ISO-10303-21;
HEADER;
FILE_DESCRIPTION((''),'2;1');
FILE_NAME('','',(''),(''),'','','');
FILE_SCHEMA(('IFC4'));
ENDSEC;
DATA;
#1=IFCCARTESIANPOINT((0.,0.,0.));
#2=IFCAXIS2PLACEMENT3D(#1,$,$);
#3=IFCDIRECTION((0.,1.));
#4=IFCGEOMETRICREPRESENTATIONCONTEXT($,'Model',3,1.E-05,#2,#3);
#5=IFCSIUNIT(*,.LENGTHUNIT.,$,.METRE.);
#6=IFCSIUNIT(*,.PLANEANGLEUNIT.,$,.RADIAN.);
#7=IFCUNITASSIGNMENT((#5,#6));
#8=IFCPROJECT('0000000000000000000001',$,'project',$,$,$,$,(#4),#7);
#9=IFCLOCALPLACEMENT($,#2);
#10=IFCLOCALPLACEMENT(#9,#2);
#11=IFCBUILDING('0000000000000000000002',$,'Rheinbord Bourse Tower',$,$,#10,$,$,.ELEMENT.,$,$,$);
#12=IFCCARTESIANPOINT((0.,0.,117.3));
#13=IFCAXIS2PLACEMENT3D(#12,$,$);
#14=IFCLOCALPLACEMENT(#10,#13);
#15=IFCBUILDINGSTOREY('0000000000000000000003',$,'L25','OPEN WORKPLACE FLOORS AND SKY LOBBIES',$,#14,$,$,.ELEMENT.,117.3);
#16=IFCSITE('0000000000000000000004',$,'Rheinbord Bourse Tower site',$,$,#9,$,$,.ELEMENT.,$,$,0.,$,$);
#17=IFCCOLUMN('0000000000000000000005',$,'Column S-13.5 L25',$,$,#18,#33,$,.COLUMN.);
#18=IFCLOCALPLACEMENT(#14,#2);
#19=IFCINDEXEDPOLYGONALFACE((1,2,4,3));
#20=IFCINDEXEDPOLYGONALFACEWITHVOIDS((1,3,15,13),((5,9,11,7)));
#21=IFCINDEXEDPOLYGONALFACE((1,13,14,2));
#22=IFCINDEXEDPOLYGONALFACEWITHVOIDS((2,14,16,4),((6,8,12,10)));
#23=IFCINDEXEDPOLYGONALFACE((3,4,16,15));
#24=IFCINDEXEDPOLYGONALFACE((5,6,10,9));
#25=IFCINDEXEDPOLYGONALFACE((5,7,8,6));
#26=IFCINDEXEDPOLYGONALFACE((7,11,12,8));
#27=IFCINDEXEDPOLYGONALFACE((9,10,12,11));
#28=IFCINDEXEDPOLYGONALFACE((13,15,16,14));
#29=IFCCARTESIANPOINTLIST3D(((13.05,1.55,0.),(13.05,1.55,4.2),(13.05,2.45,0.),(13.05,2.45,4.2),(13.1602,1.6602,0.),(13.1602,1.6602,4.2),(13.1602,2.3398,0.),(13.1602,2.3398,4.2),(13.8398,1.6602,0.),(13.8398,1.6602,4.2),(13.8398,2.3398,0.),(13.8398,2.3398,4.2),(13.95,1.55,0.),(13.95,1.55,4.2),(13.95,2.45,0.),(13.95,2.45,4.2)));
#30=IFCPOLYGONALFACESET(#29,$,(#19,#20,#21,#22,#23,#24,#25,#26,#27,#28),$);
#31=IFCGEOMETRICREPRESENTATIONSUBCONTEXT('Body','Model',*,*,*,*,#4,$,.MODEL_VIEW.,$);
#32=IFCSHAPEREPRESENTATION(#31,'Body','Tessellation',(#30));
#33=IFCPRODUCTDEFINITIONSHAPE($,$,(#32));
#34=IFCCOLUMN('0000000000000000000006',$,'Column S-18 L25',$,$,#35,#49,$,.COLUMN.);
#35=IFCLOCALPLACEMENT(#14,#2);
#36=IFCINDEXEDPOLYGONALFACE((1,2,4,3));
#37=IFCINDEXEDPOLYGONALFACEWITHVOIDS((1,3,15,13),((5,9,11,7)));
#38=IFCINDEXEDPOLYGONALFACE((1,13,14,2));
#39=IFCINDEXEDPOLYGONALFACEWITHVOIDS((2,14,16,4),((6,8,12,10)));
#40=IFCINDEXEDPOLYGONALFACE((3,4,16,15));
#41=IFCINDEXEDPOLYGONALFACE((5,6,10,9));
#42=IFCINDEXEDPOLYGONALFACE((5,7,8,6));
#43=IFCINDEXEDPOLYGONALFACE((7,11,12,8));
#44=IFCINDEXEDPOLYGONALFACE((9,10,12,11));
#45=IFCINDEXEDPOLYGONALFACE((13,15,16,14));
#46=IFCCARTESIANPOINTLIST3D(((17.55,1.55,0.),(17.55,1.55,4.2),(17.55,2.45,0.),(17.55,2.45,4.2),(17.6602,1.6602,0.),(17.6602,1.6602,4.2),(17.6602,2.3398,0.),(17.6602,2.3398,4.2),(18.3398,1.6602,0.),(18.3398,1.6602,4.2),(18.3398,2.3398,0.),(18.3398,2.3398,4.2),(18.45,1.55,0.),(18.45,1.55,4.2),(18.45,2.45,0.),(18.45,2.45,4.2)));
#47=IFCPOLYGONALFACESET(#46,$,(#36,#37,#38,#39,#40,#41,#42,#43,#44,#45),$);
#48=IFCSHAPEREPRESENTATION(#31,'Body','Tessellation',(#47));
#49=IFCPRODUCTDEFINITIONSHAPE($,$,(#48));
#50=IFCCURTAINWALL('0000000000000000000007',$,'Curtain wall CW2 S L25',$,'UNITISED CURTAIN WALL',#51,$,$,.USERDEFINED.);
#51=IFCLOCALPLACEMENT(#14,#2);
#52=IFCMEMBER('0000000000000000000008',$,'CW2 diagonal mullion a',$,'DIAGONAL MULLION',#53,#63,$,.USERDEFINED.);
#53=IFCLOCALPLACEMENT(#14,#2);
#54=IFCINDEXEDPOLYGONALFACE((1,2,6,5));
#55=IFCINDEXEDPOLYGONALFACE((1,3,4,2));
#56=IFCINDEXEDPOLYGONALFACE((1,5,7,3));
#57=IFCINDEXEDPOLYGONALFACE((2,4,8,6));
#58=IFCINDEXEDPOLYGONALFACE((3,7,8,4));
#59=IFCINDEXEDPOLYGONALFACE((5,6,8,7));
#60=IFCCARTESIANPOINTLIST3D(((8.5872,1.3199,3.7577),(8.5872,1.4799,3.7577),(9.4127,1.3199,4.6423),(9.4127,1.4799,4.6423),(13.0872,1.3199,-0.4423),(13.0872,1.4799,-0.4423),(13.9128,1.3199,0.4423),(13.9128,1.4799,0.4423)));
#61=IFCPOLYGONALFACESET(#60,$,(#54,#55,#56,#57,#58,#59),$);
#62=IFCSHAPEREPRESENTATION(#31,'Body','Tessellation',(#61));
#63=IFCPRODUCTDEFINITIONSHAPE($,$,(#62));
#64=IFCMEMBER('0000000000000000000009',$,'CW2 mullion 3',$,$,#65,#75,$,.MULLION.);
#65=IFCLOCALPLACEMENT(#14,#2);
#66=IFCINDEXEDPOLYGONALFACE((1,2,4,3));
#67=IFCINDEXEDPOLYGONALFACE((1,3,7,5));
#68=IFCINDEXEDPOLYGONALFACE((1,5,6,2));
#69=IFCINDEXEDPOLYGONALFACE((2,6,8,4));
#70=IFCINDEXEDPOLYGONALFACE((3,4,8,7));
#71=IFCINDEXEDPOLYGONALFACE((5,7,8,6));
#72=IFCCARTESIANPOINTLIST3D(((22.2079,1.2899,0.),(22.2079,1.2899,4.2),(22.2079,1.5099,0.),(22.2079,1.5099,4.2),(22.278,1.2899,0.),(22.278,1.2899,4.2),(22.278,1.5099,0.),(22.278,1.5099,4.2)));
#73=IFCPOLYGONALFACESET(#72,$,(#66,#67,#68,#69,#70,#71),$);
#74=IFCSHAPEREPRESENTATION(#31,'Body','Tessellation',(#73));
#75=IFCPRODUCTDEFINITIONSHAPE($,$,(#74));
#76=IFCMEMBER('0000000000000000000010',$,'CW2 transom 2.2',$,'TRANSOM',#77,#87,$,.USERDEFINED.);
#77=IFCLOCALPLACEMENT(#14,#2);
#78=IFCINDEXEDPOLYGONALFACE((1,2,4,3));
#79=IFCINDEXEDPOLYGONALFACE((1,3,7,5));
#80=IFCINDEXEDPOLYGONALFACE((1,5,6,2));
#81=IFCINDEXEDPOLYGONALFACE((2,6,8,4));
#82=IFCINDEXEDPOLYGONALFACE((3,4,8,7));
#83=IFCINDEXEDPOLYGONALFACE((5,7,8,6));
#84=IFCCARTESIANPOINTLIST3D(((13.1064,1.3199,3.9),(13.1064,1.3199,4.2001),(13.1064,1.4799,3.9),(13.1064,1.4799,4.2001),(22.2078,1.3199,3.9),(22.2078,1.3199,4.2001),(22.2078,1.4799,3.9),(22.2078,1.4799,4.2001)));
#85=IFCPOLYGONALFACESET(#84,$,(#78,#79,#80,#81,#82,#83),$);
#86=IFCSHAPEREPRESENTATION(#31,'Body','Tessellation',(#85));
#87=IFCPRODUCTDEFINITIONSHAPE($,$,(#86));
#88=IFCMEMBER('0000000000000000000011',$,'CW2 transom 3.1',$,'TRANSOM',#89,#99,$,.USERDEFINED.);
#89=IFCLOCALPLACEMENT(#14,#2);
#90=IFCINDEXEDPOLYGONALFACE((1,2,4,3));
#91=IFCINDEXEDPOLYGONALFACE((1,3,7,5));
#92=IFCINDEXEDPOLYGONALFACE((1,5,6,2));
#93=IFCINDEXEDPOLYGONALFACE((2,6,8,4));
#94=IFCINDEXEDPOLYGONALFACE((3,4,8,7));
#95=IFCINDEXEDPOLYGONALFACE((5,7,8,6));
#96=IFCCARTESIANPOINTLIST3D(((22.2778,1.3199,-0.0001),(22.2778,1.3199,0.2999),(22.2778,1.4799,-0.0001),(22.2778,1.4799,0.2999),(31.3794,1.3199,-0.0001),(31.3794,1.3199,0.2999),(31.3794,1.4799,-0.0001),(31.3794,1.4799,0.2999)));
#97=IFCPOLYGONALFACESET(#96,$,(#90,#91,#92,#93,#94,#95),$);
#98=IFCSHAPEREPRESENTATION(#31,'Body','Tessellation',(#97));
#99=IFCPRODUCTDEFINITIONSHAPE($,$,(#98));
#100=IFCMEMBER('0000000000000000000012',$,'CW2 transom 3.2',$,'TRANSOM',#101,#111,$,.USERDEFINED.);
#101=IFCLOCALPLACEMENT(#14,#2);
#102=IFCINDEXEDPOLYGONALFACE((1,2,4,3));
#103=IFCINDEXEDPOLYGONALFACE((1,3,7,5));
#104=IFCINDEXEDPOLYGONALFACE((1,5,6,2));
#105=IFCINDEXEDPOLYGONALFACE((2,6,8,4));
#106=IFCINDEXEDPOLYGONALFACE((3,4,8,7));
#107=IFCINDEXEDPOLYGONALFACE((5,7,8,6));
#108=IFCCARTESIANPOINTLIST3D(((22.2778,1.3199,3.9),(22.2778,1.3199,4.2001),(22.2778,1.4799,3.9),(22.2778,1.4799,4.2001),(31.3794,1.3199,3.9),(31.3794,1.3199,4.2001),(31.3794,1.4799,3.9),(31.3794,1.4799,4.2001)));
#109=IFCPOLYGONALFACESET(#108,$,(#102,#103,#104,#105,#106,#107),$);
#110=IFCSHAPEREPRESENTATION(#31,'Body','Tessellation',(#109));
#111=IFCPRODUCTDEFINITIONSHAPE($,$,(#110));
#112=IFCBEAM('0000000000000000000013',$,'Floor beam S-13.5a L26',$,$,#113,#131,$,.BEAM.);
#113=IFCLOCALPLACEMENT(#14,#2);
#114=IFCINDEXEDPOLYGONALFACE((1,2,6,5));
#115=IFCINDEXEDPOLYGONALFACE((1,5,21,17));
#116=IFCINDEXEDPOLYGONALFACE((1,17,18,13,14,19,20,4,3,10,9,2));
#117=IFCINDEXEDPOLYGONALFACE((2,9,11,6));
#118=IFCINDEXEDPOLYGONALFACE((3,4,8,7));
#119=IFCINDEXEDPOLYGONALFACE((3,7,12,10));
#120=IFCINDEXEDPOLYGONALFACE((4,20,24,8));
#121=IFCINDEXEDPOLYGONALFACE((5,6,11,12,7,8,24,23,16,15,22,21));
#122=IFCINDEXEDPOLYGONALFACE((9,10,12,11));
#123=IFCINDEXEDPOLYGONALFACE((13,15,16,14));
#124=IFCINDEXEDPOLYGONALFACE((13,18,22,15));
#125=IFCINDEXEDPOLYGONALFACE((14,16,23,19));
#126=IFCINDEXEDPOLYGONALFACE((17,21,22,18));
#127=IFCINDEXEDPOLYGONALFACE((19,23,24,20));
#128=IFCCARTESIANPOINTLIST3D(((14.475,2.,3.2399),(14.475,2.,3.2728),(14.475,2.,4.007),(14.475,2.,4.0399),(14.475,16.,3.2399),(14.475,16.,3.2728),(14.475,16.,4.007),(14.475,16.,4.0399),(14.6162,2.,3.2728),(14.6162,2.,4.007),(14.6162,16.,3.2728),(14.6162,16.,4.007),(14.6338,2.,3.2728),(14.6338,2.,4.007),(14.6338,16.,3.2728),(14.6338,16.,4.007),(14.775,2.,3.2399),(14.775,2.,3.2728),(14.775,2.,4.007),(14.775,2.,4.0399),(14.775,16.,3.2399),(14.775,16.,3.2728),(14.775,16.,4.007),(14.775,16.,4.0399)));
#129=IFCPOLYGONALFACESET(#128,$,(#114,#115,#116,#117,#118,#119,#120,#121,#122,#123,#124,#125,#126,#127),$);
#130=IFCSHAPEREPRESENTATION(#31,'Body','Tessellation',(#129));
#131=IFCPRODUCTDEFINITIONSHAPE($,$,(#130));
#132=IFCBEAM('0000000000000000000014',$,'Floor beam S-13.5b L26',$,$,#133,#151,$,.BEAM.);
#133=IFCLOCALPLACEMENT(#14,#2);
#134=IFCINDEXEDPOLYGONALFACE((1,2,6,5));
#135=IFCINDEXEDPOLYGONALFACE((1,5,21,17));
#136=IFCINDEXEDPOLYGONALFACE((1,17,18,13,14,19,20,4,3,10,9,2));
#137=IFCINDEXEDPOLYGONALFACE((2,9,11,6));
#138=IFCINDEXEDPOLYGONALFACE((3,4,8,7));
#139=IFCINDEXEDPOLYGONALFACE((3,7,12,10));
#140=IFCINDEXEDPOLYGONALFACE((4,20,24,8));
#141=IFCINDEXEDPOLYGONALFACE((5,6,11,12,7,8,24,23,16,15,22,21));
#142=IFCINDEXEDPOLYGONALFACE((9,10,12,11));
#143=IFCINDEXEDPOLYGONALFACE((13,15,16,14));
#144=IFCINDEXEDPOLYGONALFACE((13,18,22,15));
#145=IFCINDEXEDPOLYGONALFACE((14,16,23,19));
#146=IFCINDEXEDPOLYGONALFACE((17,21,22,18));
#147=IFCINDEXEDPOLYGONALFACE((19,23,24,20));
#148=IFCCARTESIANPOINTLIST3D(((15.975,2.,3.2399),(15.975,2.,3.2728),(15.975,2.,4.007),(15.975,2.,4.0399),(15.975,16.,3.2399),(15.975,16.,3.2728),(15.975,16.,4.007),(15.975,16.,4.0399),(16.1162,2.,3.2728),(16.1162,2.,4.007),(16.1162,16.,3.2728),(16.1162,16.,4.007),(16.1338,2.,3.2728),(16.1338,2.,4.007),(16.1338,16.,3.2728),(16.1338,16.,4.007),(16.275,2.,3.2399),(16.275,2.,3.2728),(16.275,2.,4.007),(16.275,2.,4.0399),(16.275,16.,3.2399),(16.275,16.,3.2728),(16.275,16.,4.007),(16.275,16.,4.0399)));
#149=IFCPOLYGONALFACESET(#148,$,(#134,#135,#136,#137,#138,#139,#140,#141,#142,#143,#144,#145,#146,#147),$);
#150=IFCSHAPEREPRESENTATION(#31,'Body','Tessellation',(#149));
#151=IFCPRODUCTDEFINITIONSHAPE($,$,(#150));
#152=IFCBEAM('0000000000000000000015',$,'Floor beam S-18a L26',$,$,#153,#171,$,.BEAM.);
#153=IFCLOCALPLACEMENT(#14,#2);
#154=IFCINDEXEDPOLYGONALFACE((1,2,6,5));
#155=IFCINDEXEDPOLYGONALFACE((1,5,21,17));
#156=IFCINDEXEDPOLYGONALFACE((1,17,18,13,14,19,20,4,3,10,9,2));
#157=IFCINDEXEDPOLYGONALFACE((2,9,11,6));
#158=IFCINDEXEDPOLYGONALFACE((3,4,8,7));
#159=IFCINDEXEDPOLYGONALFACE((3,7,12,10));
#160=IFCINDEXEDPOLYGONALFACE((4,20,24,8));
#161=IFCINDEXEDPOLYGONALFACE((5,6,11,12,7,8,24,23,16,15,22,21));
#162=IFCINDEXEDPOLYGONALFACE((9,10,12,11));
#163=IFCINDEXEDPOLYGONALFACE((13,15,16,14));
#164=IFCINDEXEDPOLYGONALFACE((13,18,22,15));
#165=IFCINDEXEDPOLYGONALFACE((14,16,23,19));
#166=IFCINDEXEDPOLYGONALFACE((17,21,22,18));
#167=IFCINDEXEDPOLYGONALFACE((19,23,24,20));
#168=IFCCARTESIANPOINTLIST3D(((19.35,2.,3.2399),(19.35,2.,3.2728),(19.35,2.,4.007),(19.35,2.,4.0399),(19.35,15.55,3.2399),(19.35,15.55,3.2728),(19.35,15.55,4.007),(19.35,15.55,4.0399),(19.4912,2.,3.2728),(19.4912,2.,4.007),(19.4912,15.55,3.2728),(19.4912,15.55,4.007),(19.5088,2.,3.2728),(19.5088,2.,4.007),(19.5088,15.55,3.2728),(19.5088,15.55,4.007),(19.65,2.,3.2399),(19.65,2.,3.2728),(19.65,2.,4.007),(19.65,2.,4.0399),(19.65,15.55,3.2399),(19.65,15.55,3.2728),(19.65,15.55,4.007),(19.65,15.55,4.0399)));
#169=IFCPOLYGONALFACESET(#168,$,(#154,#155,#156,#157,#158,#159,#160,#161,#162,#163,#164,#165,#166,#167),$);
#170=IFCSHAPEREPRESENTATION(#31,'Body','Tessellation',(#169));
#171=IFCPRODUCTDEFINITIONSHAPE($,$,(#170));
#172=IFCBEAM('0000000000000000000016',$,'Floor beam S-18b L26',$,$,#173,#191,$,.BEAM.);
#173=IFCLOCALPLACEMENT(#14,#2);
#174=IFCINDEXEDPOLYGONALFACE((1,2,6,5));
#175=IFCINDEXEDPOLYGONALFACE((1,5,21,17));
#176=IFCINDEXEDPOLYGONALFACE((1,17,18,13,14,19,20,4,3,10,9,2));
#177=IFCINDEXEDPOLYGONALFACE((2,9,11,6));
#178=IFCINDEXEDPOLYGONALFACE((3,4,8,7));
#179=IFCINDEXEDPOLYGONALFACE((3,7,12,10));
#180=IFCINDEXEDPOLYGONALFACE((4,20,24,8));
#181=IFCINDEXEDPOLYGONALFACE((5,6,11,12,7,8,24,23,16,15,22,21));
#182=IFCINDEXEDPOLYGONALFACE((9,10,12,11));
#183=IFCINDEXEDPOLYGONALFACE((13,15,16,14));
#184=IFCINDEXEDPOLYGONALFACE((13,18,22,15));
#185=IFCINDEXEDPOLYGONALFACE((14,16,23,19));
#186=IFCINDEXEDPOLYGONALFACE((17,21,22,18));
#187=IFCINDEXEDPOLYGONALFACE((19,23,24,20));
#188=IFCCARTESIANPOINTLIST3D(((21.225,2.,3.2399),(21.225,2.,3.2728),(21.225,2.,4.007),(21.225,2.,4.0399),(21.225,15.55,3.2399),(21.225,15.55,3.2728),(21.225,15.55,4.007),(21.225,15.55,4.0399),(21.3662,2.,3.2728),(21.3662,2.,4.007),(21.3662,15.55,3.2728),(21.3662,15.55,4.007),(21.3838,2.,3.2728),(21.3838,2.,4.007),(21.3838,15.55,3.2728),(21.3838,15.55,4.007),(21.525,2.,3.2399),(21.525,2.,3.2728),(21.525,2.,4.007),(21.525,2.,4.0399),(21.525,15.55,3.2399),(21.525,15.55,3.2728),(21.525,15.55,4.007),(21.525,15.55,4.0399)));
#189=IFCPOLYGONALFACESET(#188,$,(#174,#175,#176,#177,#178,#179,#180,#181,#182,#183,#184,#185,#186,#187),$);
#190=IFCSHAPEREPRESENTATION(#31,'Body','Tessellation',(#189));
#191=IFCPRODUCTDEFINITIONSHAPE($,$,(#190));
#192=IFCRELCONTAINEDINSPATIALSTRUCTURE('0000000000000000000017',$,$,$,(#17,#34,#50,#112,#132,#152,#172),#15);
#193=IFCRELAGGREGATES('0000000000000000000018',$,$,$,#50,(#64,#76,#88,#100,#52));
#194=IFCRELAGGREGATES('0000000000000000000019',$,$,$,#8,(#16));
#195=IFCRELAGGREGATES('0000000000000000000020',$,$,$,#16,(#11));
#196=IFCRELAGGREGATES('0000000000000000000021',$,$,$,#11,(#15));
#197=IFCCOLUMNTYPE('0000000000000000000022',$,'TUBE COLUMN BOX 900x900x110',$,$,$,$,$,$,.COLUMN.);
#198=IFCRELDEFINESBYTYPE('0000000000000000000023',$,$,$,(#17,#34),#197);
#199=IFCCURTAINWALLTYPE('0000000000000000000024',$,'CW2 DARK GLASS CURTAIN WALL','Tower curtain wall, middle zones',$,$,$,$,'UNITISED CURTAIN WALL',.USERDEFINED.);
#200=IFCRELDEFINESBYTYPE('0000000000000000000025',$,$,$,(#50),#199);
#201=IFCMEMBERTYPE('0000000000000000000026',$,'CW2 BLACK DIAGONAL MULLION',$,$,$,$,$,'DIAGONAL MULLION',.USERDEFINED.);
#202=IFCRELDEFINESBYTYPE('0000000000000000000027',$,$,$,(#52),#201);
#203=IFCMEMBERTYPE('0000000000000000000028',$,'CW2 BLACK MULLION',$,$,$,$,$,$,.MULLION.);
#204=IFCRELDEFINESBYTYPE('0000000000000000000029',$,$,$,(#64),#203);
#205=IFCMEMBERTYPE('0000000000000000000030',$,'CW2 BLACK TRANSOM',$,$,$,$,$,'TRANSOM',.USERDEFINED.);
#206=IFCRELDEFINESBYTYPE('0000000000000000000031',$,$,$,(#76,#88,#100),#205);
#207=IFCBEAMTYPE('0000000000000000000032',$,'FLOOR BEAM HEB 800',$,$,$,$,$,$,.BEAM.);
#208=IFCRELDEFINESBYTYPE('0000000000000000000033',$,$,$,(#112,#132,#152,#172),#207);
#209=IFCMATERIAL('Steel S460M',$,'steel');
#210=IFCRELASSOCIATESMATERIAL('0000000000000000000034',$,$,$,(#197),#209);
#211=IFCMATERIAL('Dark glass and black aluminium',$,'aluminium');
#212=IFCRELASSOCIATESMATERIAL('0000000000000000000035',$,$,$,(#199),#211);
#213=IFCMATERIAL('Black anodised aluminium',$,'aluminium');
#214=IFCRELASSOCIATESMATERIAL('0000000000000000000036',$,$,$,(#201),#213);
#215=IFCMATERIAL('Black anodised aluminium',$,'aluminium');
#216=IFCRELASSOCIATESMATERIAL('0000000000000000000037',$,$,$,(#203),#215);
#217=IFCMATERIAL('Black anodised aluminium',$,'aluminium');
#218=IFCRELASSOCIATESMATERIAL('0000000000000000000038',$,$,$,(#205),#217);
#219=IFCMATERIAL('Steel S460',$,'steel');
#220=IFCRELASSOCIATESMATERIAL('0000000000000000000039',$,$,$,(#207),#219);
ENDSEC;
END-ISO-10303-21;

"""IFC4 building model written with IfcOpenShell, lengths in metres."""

from ifc_helpers import new_model, si_unit, direction, frame, origin, origin_2d, place, context, subcontext, project, spatial, rectangle, hollow_rectangle, i_section, extrude, material, material_profile, profile_set, type_object, element, aggregate, save


model = new_model("IFC4")

# Units and contexts
model_context = context("Model", 3, precision=1e-05, world=origin(), true_north=direction((0.0, 1.0)))
body_context = subcontext(model_context, "Body", "Model", "MODEL_VIEW")
ifc_project = project(units=[si_unit("LENGTHUNIT", "METRE"), si_unit("PLANEANGLEUNIT", "RADIAN")], contexts=[model_context])

# Site, building, storey
site_placement = place(None, origin())
site = spatial("IfcSite", under=ifc_project, at=site_placement, Name="Rheinbord Bourse Tower site", CompositionType="ELEMENT", RefElevation=0.0)
building_placement = place(site_placement, origin())
building = spatial("IfcBuilding", under=site, at=building_placement, Name="Rheinbord Bourse Tower", CompositionType="ELEMENT")
storey_placement = place(building_placement, frame((0.0, 0.0, 117.3)))
storey = spatial("IfcBuildingStorey", under=building, at=storey_placement, Name="L25", Description="OPEN WORKPLACE FLOORS AND SKY LOBBIES", CompositionType="ELEMENT", Elevation=117.3)

# Columns
ifc_material_1 = material(Name="Steel S460M", Category="steel")
ifc_material_profile_1 = material_profile(ifc_material_1, hollow_rectangle(XDim=0.8999, YDim=0.8999, WallThickness=0.1101, at=origin_2d()), Name="BOX 900x900x110")
ifc_profile_set_1 = profile_set([ifc_material_profile_1], Name="Steel S460M")
column_type = type_object("IfcColumnType", Name="TUBE COLUMN BOX 900x900x110", PredefinedType="COLUMN", material=ifc_profile_set_1)
for number, where, z_axis, x_axis, name in (
    (1, (13.5, 2.0, 0.0), (0.0, 0.0, 1.0), (0.0, 1.0, 0.0), "Column S-13.5 L25"),
    (2, (18.0, 2.0, 0.0), (0.0, 0.0, 1.0), (0.0, 1.0, 0.0), "Column S-18 L25"),
):
    element("IfcColumn", number, at=place(storey_placement, frame(where, z_axis=z_axis, x_axis=x_axis)), inside=storey, type_object=column_type, Name=name, PredefinedType="COLUMN", context=body_context, shape_type="SweptSolid", body=[
        extrude(hollow_rectangle(XDim=0.8999, YDim=0.8999, WallThickness=0.1101, at=origin_2d()), origin(), (0.0, 0.0, 1.0), 4.2),
    ])

# Curtain wall, members
ifc_material_2 = material(Name="Dark glass and black aluminium", Category="aluminium")
curtain_wall_type = type_object("IfcCurtainWallType", Name="CW2 DARK GLASS CURTAIN WALL", Description="Tower curtain wall, middle zones", ElementType="UNITISED CURTAIN WALL", PredefinedType="USERDEFINED", material=ifc_material_2)
curtain_wall_placement = place(storey_placement, origin())
curtain_wall = element("IfcCurtainWall", 3, at=curtain_wall_placement, inside=storey, type_object=curtain_wall_type, Name="Curtain wall CW2 S L25", ObjectType="UNITISED CURTAIN WALL", PredefinedType="USERDEFINED")
ifc_material_3 = material(Name="Black anodised aluminium", Category="aluminium")
ifc_material_profile_2 = material_profile(ifc_material_3, rectangle(XDim=0.1599, YDim=1.21, at=origin_2d()), Name="CW2 DIAGONAL MULLION 1210x160")
ifc_profile_set_2 = profile_set([ifc_material_profile_2], Name="Black anodised aluminium")
member_type_1 = type_object("IfcMemberType", Name="CW2 BLACK DIAGONAL MULLION", ElementType="DIAGONAL MULLION", PredefinedType="USERDEFINED", material=ifc_profile_set_2)
member_1_placement = place(storey_placement, frame((13.5, 1.3999, 0.0), z_axis=(-0.731059, 0.0, 0.682314), x_axis=(0.0, -1.0, 0.0)))
member_1 = element("IfcMember", 4, at=member_1_placement, type_object=member_type_1, Name="CW2 diagonal mullion a", ObjectType="DIAGONAL MULLION", PredefinedType="USERDEFINED", context=body_context, shape_type="SweptSolid", body=[
    extrude(rectangle(XDim=0.1599, YDim=1.21, at=origin_2d()), origin(), (0.0, 0.0, 1.0), 6.1555),
])
ifc_material_4 = material(Name="Black anodised aluminium", Category="aluminium")
ifc_material_profile_3 = material_profile(ifc_material_4, rectangle(XDim=0.22, YDim=0.0701, at=origin_2d()), Name="CW2 MULLION 70x220")
ifc_profile_set_3 = profile_set([ifc_material_profile_3], Name="Black anodised aluminium")
member_type_2 = type_object("IfcMemberType", Name="CW2 BLACK MULLION", PredefinedType="MULLION", material=ifc_profile_set_3)
member_2_placement = place(storey_placement, frame((22.2429, 1.3999, 0.0), z_axis=(0.0, 0.0, 1.0), x_axis=(0.0, 1.0, 0.0)))
member_2 = element("IfcMember", 5, at=member_2_placement, type_object=member_type_2, Name="CW2 mullion 3", PredefinedType="MULLION", context=body_context, shape_type="SweptSolid", body=[
    extrude(rectangle(XDim=0.22, YDim=0.0701, at=origin_2d()), origin(), (0.0, 0.0, 1.0), 4.2),
])
ifc_material_5 = material(Name="Black anodised aluminium", Category="aluminium")
ifc_material_profile_4 = material_profile(ifc_material_5, rectangle(XDim=0.1599, YDim=0.3, at=origin_2d()), Name="CW2 TRANSOM 300x160")
ifc_profile_set_4 = profile_set([ifc_material_profile_4], Name="Black anodised aluminium")
member_type_3 = type_object("IfcMemberType", Name="CW2 BLACK TRANSOM", ElementType="TRANSOM", PredefinedType="USERDEFINED", material=ifc_profile_set_4)
member_3_placement = place(storey_placement, frame((13.1064, 1.3999, 4.05), z_axis=(1.0, 0.0, 0.0), x_axis=(0.0, 1.0, 0.0)))
member_3 = element("IfcMember", 6, at=member_3_placement, type_object=member_type_3, Name="CW2 transom 2.2", ObjectType="TRANSOM", PredefinedType="USERDEFINED", context=body_context, shape_type="SweptSolid", body=[
    extrude(rectangle(XDim=0.1599, YDim=0.3, at=origin_2d()), origin(), (0.0, 0.0, 1.0), 9.1013),
])
member_4_placement = place(storey_placement, frame((22.2778, 1.3999, 0.1499), z_axis=(1.0, 0.0, 0.0), x_axis=(0.0, 1.0, 0.0)))
member_4 = element("IfcMember", 7, at=member_4_placement, type_object=member_type_3, Name="CW2 transom 3.1", ObjectType="TRANSOM", PredefinedType="USERDEFINED", context=body_context, shape_type="SweptSolid", body=[
    extrude(rectangle(XDim=0.1599, YDim=0.3, at=origin_2d()), origin(), (0.0, 0.0, 1.0), 9.1016),
])
member_5_placement = place(storey_placement, frame((22.2778, 1.3999, 4.05), z_axis=(1.0, 0.0, 0.0), x_axis=(0.0, 1.0, 0.0)))
member_5 = element("IfcMember", 8, at=member_5_placement, type_object=member_type_3, Name="CW2 transom 3.2", ObjectType="TRANSOM", PredefinedType="USERDEFINED", context=body_context, shape_type="SweptSolid", body=[
    extrude(rectangle(XDim=0.1599, YDim=0.3, at=origin_2d()), origin(), (0.0, 0.0, 1.0), 9.1016),
])

# Beams
ifc_material_6 = material(Name="Steel S460", Category="steel")
ifc_material_profile_5 = material_profile(ifc_material_6, i_section(OverallWidth=0.3, OverallDepth=0.8, WebThickness=0.0176, FlangeThickness=0.033, at=origin_2d()), Name="HEB 800")
ifc_profile_set_5 = profile_set([ifc_material_profile_5], Name="Steel S460")
beam_type_1 = type_object("IfcBeamType", Name="FLOOR BEAM HEB 800", PredefinedType="BEAM", material=ifc_profile_set_5)
for number, where, z_axis, x_axis, name in (
    (9, (14.625, 2.0, 3.6399), (0.0, 1.0, 0.0), (-1.0, 0.0, 0.0), "Floor beam S-13.5a L26"),
    (10, (16.125, 2.0, 3.6399), (0.0, 1.0, 0.0), (-1.0, 0.0, 0.0), "Floor beam S-13.5b L26"),
):
    element("IfcBeam", number, at=place(storey_placement, frame(where, z_axis=z_axis, x_axis=x_axis)), inside=storey, type_object=beam_type_1, Name=name, PredefinedType="BEAM", context=body_context, shape_type="SweptSolid", body=[
        extrude(i_section(OverallWidth=0.3, OverallDepth=0.8, WebThickness=0.0176, FlangeThickness=0.033, at=origin_2d()), origin(), (0.0, 0.0, 1.0), 14.0),
    ])
for number, where, z_axis, x_axis, name in (
    (11, (19.5, 2.0, 3.6399), (0.0, 1.0, 0.0), (-1.0, 0.0, 0.0), "Floor beam S-18a L26"),
    (12, (21.375, 2.0, 3.6399), (0.0, 1.0, 0.0), (-1.0, 0.0, 0.0), "Floor beam S-18b L26"),
):
    element("IfcBeam", number, at=place(storey_placement, frame(where, z_axis=z_axis, x_axis=x_axis)), inside=storey, type_object=beam_type_1, Name=name, PredefinedType="BEAM", context=body_context, shape_type="SweptSolid", body=[
        extrude(i_section(OverallWidth=0.3, OverallDepth=0.8, WebThickness=0.0176, FlangeThickness=0.033, at=origin_2d()), origin(), (0.0, 0.0, 1.0), 13.55),
    ])

aggregate(curtain_wall, [member_2, member_3, member_4, member_5, member_1])

save(model, "model.ifc")
